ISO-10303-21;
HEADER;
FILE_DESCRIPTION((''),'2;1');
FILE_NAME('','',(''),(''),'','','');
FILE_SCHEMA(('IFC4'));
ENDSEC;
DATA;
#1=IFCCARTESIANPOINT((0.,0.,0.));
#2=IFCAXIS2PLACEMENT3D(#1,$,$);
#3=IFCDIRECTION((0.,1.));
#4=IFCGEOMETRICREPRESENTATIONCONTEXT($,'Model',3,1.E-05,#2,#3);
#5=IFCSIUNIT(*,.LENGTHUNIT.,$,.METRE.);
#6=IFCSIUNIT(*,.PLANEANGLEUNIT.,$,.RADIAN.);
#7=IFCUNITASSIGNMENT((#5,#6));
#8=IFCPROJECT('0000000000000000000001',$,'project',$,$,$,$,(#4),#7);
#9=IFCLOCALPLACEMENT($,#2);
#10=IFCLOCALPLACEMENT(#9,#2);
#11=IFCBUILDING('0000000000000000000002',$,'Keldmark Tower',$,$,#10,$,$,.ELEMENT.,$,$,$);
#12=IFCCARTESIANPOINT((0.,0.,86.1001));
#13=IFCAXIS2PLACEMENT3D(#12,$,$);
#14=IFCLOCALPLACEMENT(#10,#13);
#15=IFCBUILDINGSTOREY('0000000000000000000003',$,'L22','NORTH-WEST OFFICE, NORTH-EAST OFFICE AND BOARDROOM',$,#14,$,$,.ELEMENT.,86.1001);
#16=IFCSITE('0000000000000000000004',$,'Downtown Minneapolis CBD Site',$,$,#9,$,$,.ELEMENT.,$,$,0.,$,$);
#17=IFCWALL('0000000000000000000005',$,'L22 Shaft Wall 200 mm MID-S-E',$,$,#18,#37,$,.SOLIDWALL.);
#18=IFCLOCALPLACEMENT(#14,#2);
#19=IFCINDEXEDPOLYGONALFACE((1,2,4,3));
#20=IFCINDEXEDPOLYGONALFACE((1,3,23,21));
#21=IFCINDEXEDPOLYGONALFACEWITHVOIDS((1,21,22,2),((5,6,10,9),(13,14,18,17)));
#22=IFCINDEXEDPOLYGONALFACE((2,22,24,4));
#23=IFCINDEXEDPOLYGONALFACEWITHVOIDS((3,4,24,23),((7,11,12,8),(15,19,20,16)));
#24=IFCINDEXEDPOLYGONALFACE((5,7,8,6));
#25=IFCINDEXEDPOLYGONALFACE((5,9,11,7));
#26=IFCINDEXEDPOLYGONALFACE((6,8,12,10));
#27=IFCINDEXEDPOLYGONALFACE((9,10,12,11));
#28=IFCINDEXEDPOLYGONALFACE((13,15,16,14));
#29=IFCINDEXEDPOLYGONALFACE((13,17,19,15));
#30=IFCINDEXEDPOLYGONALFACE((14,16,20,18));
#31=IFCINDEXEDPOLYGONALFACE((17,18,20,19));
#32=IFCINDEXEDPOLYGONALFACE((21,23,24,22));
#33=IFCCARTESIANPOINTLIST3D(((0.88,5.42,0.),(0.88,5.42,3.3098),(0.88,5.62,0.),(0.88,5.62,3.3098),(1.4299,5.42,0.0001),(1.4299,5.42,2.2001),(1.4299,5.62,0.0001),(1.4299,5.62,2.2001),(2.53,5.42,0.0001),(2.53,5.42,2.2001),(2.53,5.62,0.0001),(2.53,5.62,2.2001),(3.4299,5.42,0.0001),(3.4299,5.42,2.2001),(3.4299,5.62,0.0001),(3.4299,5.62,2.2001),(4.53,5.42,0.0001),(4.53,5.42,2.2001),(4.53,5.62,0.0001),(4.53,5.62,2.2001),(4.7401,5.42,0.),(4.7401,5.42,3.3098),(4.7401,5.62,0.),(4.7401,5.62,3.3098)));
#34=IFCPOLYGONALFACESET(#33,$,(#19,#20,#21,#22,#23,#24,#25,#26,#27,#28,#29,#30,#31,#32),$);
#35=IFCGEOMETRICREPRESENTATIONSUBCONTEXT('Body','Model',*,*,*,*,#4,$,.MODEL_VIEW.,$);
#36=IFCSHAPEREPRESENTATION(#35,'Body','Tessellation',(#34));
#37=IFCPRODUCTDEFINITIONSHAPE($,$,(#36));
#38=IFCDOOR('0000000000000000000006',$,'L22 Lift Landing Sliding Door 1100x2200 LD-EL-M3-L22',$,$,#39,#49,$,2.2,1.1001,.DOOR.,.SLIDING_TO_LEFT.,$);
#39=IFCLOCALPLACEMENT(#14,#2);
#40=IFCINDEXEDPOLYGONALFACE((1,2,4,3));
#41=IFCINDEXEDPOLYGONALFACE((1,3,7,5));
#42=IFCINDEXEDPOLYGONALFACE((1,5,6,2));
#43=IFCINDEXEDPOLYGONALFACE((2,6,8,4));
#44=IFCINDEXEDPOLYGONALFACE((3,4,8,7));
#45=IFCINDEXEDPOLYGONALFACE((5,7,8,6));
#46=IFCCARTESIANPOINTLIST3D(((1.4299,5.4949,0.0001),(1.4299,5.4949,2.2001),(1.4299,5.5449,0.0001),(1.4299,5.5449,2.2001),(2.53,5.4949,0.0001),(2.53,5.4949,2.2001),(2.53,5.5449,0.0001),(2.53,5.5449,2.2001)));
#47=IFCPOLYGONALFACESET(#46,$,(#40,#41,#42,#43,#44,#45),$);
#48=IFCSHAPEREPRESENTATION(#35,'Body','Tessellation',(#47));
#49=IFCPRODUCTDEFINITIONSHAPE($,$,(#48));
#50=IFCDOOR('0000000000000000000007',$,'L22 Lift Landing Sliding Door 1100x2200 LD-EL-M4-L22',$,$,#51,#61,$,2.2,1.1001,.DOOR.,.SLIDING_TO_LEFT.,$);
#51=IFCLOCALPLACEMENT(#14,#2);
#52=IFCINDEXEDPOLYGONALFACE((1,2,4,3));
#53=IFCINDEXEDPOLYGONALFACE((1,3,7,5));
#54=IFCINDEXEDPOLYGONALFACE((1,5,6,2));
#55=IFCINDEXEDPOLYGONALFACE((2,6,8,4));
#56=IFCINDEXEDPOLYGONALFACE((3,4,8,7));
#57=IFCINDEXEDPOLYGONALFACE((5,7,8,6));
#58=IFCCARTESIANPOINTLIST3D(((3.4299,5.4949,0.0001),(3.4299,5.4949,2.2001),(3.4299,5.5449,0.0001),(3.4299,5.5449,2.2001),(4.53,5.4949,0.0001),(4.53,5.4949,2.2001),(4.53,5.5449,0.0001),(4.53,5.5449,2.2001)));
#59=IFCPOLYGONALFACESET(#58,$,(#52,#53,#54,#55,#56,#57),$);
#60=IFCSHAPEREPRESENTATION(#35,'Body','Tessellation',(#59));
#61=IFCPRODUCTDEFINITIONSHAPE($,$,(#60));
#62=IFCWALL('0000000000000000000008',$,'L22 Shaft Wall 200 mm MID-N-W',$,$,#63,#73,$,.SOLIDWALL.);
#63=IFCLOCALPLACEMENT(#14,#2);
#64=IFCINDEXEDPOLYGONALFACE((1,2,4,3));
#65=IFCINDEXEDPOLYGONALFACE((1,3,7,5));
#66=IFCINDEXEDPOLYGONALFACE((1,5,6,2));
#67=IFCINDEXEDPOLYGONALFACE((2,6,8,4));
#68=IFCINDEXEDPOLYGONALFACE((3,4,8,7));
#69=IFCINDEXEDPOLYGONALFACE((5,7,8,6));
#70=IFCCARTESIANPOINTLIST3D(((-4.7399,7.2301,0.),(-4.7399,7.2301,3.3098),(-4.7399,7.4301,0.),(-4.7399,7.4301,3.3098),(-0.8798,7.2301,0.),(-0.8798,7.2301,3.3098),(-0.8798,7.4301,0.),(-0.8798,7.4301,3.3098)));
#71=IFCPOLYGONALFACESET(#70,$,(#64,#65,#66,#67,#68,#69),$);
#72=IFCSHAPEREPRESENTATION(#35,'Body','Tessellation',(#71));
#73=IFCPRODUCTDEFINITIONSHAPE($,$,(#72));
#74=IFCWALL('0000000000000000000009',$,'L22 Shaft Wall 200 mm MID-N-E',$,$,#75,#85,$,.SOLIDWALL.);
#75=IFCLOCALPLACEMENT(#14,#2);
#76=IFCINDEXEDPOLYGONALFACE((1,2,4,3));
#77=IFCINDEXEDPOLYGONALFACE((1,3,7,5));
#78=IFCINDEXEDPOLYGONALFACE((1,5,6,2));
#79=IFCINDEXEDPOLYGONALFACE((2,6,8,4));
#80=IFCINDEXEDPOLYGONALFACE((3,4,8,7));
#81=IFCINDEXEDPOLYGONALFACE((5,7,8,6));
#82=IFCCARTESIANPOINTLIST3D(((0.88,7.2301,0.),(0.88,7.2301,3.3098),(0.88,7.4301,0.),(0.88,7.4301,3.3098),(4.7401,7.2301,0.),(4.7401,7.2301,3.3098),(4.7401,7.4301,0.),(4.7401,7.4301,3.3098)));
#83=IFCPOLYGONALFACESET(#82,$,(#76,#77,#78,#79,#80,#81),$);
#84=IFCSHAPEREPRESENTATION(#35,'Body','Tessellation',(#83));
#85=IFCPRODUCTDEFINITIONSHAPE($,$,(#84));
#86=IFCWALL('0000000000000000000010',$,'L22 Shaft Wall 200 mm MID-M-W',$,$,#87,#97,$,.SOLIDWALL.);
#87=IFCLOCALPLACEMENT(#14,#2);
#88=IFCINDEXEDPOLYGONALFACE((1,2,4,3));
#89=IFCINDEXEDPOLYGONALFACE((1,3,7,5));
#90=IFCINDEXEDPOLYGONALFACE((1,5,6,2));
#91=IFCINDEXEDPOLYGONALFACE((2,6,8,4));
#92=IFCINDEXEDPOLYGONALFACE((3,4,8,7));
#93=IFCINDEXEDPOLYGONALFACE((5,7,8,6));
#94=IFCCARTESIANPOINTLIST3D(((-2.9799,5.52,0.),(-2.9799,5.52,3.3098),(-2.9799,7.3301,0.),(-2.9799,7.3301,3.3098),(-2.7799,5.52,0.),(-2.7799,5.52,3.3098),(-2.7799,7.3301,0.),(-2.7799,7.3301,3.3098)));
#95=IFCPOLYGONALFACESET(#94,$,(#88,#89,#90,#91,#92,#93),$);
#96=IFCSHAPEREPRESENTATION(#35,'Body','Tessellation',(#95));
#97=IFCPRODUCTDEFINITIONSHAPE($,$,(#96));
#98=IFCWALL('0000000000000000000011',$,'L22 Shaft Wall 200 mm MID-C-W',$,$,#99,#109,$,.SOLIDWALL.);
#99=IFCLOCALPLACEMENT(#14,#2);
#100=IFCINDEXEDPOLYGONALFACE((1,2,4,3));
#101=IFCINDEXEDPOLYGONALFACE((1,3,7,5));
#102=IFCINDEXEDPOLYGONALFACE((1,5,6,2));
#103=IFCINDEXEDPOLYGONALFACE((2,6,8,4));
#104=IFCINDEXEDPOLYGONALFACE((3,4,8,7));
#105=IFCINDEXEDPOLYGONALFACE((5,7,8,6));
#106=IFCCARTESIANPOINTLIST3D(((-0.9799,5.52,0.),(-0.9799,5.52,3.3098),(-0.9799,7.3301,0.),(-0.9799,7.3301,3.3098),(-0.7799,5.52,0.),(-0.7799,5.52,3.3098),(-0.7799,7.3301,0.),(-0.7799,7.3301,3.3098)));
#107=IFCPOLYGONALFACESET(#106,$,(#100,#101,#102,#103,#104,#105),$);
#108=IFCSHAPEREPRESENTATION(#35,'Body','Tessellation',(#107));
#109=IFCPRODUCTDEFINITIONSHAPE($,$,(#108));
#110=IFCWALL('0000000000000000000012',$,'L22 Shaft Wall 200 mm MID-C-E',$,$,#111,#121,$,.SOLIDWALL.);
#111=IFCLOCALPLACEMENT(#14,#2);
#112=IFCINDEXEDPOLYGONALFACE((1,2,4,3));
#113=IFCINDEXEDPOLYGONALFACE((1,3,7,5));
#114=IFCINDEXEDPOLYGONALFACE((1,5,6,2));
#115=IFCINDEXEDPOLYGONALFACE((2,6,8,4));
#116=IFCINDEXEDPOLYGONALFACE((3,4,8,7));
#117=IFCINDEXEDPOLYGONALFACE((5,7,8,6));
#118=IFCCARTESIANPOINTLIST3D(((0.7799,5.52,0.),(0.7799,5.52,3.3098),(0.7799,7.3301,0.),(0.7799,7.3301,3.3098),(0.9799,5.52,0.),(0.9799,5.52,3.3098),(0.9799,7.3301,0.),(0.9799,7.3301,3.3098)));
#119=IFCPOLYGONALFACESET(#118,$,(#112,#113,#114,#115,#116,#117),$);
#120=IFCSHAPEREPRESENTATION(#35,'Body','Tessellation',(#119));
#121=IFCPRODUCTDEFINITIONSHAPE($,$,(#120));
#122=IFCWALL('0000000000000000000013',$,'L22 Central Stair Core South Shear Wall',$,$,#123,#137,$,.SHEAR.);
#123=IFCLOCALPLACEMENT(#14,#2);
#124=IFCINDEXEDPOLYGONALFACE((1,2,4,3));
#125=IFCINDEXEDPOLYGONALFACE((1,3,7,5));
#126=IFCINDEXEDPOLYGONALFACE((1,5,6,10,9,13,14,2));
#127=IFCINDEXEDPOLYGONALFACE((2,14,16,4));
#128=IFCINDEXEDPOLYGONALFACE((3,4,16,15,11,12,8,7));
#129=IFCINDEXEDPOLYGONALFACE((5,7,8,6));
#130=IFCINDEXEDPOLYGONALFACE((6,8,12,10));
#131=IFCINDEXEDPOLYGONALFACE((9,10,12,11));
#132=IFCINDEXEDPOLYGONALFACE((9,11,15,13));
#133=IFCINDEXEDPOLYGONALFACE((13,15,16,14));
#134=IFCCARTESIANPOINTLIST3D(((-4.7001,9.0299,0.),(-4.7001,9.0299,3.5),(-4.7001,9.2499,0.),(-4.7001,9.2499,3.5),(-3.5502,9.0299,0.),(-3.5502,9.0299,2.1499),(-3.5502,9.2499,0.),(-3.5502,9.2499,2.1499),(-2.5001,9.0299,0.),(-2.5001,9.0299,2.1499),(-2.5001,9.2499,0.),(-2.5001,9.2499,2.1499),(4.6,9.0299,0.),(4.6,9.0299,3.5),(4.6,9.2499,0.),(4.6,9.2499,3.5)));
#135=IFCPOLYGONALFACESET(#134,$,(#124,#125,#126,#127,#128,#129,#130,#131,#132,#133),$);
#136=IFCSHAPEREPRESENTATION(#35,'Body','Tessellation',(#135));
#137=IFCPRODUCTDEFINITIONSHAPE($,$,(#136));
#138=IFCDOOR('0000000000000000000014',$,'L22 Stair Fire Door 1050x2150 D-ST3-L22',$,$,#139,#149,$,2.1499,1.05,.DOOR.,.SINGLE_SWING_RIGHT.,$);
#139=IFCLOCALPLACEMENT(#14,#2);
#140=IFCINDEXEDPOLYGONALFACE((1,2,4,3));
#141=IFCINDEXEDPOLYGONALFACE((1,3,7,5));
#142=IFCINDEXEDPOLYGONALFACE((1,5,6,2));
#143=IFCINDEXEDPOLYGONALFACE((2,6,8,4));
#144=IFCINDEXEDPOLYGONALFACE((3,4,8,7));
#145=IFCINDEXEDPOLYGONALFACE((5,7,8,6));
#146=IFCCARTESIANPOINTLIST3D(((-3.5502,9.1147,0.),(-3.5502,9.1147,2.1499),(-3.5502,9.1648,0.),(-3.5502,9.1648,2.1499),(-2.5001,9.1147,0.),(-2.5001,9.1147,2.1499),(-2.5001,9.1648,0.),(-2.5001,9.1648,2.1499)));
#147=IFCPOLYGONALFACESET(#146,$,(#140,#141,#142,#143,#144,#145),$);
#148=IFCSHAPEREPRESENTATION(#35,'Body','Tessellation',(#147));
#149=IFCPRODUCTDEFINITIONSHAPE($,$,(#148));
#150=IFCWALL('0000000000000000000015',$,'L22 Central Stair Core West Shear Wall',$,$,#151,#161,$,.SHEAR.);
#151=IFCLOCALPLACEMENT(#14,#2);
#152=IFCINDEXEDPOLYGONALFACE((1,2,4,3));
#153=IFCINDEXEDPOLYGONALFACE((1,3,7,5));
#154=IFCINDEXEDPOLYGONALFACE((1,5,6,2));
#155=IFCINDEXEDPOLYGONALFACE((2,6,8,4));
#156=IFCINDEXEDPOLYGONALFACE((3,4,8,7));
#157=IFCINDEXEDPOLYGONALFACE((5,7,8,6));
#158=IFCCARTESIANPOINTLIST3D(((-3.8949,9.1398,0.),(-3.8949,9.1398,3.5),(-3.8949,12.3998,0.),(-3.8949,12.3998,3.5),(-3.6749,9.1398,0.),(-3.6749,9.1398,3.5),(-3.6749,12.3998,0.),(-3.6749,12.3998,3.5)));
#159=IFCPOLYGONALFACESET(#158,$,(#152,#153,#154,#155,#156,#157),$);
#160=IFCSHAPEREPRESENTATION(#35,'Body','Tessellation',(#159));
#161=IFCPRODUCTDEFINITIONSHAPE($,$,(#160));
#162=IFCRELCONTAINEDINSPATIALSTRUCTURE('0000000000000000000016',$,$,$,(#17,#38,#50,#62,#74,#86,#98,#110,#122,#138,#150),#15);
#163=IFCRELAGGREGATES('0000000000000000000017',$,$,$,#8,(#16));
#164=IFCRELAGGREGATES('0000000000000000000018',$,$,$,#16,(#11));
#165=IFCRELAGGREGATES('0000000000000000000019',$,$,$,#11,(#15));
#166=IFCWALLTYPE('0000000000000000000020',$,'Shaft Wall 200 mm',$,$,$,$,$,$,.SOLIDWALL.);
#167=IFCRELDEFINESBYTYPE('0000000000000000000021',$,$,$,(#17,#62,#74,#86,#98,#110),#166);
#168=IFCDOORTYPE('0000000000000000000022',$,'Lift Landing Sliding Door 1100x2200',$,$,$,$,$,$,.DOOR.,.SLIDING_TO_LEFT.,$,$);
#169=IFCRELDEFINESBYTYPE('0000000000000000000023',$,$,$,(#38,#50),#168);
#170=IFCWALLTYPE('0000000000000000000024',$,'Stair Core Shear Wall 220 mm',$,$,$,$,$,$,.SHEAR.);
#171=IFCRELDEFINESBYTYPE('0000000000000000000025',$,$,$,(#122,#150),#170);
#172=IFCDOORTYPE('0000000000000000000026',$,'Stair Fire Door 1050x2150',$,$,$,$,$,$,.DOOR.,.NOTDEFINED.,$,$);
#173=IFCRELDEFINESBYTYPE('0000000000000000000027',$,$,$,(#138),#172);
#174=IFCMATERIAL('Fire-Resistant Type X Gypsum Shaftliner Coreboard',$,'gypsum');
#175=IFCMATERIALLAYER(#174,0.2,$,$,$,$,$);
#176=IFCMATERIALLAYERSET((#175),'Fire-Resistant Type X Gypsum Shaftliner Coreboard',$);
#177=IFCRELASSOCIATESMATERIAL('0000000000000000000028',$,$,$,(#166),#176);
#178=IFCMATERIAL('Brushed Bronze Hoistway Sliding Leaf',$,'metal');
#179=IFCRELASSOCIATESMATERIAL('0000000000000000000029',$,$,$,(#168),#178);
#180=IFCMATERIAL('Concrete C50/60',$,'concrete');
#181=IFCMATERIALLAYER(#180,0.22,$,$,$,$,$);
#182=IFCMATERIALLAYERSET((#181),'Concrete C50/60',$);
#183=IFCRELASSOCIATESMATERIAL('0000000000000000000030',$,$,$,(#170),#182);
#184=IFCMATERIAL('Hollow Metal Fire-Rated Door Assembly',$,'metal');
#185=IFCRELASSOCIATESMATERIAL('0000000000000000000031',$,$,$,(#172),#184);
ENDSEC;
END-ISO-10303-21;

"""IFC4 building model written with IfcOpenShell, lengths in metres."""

from ifc_helpers import new_model, si_unit, direction, frame, frame_2d, origin, place, context, subcontext, project, spatial, rectangle, extrude, material, layer, layer_set, type_object, element, fill, save


model = new_model("IFC4")

# Units and contexts
model_context = context("Model", 3, precision=1e-05, world=origin(), true_north=direction((0.0, 1.0)))
body_context = subcontext(model_context, "Body", "Model", "MODEL_VIEW")
ifc_project = project(units=[si_unit("LENGTHUNIT", "METRE"), si_unit("PLANEANGLEUNIT", "RADIAN")], contexts=[model_context])

# Site, building, storey
site_placement = place(None, origin())
site = spatial("IfcSite", under=ifc_project, at=site_placement, Name="Downtown Minneapolis CBD Site", CompositionType="ELEMENT", RefElevation=0.0)
building_placement = place(site_placement, origin())
building = spatial("IfcBuilding", under=site, at=building_placement, Name="Keldmark Tower", CompositionType="ELEMENT")
storey_placement = place(building_placement, frame((0.0, 0.0, 86.1001)))
storey = spatial("IfcBuildingStorey", under=building, at=storey_placement, Name="L22", Description="NORTH-WEST OFFICE, NORTH-EAST OFFICE AND BOARDROOM", CompositionType="ELEMENT", Elevation=86.1001)

# Wall, openings, doors
ifc_material_1 = material(Name="Fire-Resistant Type X Gypsum Shaftliner Coreboard", Category="gypsum")
ifc_layer_1 = layer(ifc_material_1, 0.2)
ifc_layer_set_1 = layer_set([ifc_layer_1], Name="Fire-Resistant Type X Gypsum Shaftliner Coreboard")
wall_type_1 = type_object("IfcWallType", Name="Shaft Wall 200 mm", PredefinedType="SOLIDWALL", material=ifc_layer_set_1)
ifc_material_2 = material(Name="Brushed Bronze Hoistway Sliding Leaf", Category="metal")
door_type_1 = type_object("IfcDoorType", Name="Lift Landing Sliding Door 1100x2200", OperationType="SLIDING_TO_LEFT", PredefinedType="DOOR", material=ifc_material_2)
wall_1_placement = place(storey_placement, frame((0.8799, 5.52, 0.0), z_axis=(0.0, 0.0, 1.0), x_axis=(1.0, 0.0, 0.0)))
wall_1 = element("IfcWall", 1, at=wall_1_placement, inside=storey, type_object=wall_type_1, Name="L22 Shaft Wall 200 mm MID-S-E", PredefinedType="SOLIDWALL", context=body_context, shape_type="SweptSolid", body=[
    extrude(rectangle(XDim=3.8601, YDim=0.2, at=frame_2d((1.9302, 0.0))), origin(), (0.0, 0.0, 1.0), 3.3098),
])
opening_1_placement = place(wall_1_placement, frame((0.55, 0.0, 0.0)))
opening_1 = element("IfcOpeningElement", 2, at=opening_1_placement, cuts=wall_1, PredefinedType="OPENING", context=body_context, shape_type="SweptSolid", body=[
    extrude(rectangle(XDim=1.1001, YDim=2.2, at=frame_2d((0.55, 1.1001))), frame((0.0, 0.1099, 0.0), z_axis=(0.0, -1.0, 0.0), x_axis=(1.0, 0.0, 0.0)), (0.0, 0.0, 1.0), 0.22),
])
opening_2_placement = place(wall_1_placement, frame((2.55, 0.0, 0.0)))
opening_2 = element("IfcOpeningElement", 3, at=opening_2_placement, cuts=wall_1, PredefinedType="OPENING", context=body_context, shape_type="SweptSolid", body=[
    extrude(rectangle(XDim=1.1001, YDim=2.2, at=frame_2d((0.55, 1.1001))), frame((0.0, 0.1099, 0.0), z_axis=(0.0, -1.0, 0.0), x_axis=(1.0, 0.0, 0.0)), (0.0, 0.0, 1.0), 0.22),
])
door_1_placement = place(opening_1_placement, origin())
door_1 = element("IfcDoor", 4, at=door_1_placement, inside=storey, type_object=door_type_1, Name="L22 Lift Landing Sliding Door 1100x2200 LD-EL-M3-L22", OperationType="SLIDING_TO_LEFT", OverallHeight=2.2, OverallWidth=1.1001, PredefinedType="DOOR", context=body_context, shape_type="SweptSolid", body=[
    extrude(rectangle(XDim=1.1001, YDim=2.2, at=frame_2d((0.55, 1.1001))), frame((0.0, 0.0249, 0.0), z_axis=(0.0, -1.0, 0.0), x_axis=(1.0, 0.0, 0.0)), (0.0, 0.0, 1.0), 0.05),
])
fill(opening_1, door_1)
door_2_placement = place(opening_2_placement, origin())
door_2 = element("IfcDoor", 5, at=door_2_placement, inside=storey, type_object=door_type_1, Name="L22 Lift Landing Sliding Door 1100x2200 LD-EL-M4-L22", OperationType="SLIDING_TO_LEFT", OverallHeight=2.2, OverallWidth=1.1001, PredefinedType="DOOR", context=body_context, shape_type="SweptSolid", body=[
    extrude(rectangle(XDim=1.1001, YDim=2.2, at=frame_2d((0.55, 1.1001))), frame((0.0, 0.0249, 0.0), z_axis=(0.0, -1.0, 0.0), x_axis=(1.0, 0.0, 0.0)), (0.0, 0.0, 1.0), 0.05),
])
fill(opening_2, door_2)

# Walls
for number, where, z_axis, x_axis, name in (
    (6, (-4.74, 7.3301, 0.0), (0.0, 0.0, 1.0), (1.0, 0.0, 0.0), "L22 Shaft Wall 200 mm MID-N-W"),
    (7, (0.8799, 7.3301, 0.0), (0.0, 0.0, 1.0), (1.0, 0.0, 0.0), "L22 Shaft Wall 200 mm MID-N-E"),
):
    element("IfcWall", number, at=place(storey_placement, frame(where, z_axis=z_axis, x_axis=x_axis)), inside=storey, type_object=wall_type_1, Name=name, PredefinedType="SOLIDWALL", context=body_context, shape_type="SweptSolid", body=[
        extrude(rectangle(XDim=3.8601, YDim=0.2, at=frame_2d((1.9302, 0.0))), origin(), (0.0, 0.0, 1.0), 3.3098),
    ])
for number, where, z_axis, x_axis, name in (
    (8, (-2.8799, 5.52, 0.0), (0.0, 0.0, 1.0), (0.0, 1.0, 0.0), "L22 Shaft Wall 200 mm MID-M-W"),
    (9, (-0.8799, 5.52, 0.0), (0.0, 0.0, 1.0), (0.0, 1.0, 0.0), "L22 Shaft Wall 200 mm MID-C-W"),
    (10, (0.8799, 5.52, 0.0), (0.0, 0.0, 1.0), (0.0, 1.0, 0.0), "L22 Shaft Wall 200 mm MID-C-E"),
):
    element("IfcWall", number, at=place(storey_placement, frame(where, z_axis=z_axis, x_axis=x_axis)), inside=storey, type_object=wall_type_1, Name=name, PredefinedType="SOLIDWALL", context=body_context, shape_type="SweptSolid", body=[
        extrude(rectangle(XDim=1.8101, YDim=0.2, at=frame_2d((0.905, 0.0))), origin(), (0.0, 0.0, 1.0), 3.3098),
    ])

# Wall, opening, door
ifc_material_3 = material(Name="Concrete C50/60", Category="concrete")
ifc_layer_2 = layer(ifc_material_3, 0.22)
ifc_layer_set_2 = layer_set([ifc_layer_2], Name="Concrete C50/60")
wall_type_2 = type_object("IfcWallType", Name="Stair Core Shear Wall 220 mm", PredefinedType="SHEAR", material=ifc_layer_set_2)
wall_2_placement = place(storey_placement, frame((-4.7, 9.1399, 0.0), z_axis=(0.0, 0.0, 1.0), x_axis=(1.0, 0.0, 0.0)))
wall_2 = element("IfcWall", 11, at=wall_2_placement, inside=storey, type_object=wall_type_2, Name="L22 Central Stair Core South Shear Wall", PredefinedType="SHEAR", context=body_context, shape_type="SweptSolid", body=[
    extrude(rectangle(XDim=9.3, YDim=0.22, at=frame_2d((4.6499, 0.0))), origin(), (0.0, 0.0, 1.0), 3.5),
])
opening_3_placement = place(wall_2_placement, frame((1.1499, 0.0, 0.0)))
opening_3 = element("IfcOpeningElement", 12, at=opening_3_placement, cuts=wall_2, PredefinedType="OPENING", context=body_context, shape_type="SweptSolid", body=[
    extrude(rectangle(XDim=1.05, YDim=2.1499, at=frame_2d((0.5249, 1.075))), frame((0.0, 0.1199, 0.0), z_axis=(0.0, -1.0, 0.0), x_axis=(1.0, 0.0, 0.0)), (0.0, 0.0, 1.0), 0.24),
])
ifc_material_4 = material(Name="Hollow Metal Fire-Rated Door Assembly", Category="metal")
door_type_2 = type_object("IfcDoorType", Name="Stair Fire Door 1050x2150", OperationType="NOTDEFINED", PredefinedType="DOOR", material=ifc_material_4)
door_3_placement = place(opening_3_placement, origin())
door_3 = element("IfcDoor", 13, at=door_3_placement, inside=storey, type_object=door_type_2, Name="L22 Stair Fire Door 1050x2150 D-ST3-L22", OperationType="SINGLE_SWING_RIGHT", OverallHeight=2.1499, OverallWidth=1.05, PredefinedType="DOOR", context=body_context, shape_type="SweptSolid", body=[
    extrude(rectangle(XDim=1.05, YDim=2.1499, at=frame_2d((0.5249, 1.075))), frame((0.0, 0.0249, 0.0), z_axis=(0.0, -1.0, 0.0), x_axis=(1.0, 0.0, 0.0)), (0.0, 0.0, 1.0), 0.05),
])
fill(opening_3, door_3)

# Wall
wall_3_placement = place(storey_placement, frame((-3.7849, 9.1399, 0.0), z_axis=(0.0, 0.0, 1.0), x_axis=(0.0, 1.0, 0.0)))
element("IfcWall", 14, at=wall_3_placement, inside=storey, type_object=wall_type_2, Name="L22 Central Stair Core West Shear Wall", PredefinedType="SHEAR", context=body_context, shape_type="SweptSolid", body=[
    extrude(rectangle(XDim=3.26, YDim=0.22, at=frame_2d((1.6299, 0.0))), origin(), (0.0, 0.0, 1.0), 3.5),
])

save(model, "model.ifc")
